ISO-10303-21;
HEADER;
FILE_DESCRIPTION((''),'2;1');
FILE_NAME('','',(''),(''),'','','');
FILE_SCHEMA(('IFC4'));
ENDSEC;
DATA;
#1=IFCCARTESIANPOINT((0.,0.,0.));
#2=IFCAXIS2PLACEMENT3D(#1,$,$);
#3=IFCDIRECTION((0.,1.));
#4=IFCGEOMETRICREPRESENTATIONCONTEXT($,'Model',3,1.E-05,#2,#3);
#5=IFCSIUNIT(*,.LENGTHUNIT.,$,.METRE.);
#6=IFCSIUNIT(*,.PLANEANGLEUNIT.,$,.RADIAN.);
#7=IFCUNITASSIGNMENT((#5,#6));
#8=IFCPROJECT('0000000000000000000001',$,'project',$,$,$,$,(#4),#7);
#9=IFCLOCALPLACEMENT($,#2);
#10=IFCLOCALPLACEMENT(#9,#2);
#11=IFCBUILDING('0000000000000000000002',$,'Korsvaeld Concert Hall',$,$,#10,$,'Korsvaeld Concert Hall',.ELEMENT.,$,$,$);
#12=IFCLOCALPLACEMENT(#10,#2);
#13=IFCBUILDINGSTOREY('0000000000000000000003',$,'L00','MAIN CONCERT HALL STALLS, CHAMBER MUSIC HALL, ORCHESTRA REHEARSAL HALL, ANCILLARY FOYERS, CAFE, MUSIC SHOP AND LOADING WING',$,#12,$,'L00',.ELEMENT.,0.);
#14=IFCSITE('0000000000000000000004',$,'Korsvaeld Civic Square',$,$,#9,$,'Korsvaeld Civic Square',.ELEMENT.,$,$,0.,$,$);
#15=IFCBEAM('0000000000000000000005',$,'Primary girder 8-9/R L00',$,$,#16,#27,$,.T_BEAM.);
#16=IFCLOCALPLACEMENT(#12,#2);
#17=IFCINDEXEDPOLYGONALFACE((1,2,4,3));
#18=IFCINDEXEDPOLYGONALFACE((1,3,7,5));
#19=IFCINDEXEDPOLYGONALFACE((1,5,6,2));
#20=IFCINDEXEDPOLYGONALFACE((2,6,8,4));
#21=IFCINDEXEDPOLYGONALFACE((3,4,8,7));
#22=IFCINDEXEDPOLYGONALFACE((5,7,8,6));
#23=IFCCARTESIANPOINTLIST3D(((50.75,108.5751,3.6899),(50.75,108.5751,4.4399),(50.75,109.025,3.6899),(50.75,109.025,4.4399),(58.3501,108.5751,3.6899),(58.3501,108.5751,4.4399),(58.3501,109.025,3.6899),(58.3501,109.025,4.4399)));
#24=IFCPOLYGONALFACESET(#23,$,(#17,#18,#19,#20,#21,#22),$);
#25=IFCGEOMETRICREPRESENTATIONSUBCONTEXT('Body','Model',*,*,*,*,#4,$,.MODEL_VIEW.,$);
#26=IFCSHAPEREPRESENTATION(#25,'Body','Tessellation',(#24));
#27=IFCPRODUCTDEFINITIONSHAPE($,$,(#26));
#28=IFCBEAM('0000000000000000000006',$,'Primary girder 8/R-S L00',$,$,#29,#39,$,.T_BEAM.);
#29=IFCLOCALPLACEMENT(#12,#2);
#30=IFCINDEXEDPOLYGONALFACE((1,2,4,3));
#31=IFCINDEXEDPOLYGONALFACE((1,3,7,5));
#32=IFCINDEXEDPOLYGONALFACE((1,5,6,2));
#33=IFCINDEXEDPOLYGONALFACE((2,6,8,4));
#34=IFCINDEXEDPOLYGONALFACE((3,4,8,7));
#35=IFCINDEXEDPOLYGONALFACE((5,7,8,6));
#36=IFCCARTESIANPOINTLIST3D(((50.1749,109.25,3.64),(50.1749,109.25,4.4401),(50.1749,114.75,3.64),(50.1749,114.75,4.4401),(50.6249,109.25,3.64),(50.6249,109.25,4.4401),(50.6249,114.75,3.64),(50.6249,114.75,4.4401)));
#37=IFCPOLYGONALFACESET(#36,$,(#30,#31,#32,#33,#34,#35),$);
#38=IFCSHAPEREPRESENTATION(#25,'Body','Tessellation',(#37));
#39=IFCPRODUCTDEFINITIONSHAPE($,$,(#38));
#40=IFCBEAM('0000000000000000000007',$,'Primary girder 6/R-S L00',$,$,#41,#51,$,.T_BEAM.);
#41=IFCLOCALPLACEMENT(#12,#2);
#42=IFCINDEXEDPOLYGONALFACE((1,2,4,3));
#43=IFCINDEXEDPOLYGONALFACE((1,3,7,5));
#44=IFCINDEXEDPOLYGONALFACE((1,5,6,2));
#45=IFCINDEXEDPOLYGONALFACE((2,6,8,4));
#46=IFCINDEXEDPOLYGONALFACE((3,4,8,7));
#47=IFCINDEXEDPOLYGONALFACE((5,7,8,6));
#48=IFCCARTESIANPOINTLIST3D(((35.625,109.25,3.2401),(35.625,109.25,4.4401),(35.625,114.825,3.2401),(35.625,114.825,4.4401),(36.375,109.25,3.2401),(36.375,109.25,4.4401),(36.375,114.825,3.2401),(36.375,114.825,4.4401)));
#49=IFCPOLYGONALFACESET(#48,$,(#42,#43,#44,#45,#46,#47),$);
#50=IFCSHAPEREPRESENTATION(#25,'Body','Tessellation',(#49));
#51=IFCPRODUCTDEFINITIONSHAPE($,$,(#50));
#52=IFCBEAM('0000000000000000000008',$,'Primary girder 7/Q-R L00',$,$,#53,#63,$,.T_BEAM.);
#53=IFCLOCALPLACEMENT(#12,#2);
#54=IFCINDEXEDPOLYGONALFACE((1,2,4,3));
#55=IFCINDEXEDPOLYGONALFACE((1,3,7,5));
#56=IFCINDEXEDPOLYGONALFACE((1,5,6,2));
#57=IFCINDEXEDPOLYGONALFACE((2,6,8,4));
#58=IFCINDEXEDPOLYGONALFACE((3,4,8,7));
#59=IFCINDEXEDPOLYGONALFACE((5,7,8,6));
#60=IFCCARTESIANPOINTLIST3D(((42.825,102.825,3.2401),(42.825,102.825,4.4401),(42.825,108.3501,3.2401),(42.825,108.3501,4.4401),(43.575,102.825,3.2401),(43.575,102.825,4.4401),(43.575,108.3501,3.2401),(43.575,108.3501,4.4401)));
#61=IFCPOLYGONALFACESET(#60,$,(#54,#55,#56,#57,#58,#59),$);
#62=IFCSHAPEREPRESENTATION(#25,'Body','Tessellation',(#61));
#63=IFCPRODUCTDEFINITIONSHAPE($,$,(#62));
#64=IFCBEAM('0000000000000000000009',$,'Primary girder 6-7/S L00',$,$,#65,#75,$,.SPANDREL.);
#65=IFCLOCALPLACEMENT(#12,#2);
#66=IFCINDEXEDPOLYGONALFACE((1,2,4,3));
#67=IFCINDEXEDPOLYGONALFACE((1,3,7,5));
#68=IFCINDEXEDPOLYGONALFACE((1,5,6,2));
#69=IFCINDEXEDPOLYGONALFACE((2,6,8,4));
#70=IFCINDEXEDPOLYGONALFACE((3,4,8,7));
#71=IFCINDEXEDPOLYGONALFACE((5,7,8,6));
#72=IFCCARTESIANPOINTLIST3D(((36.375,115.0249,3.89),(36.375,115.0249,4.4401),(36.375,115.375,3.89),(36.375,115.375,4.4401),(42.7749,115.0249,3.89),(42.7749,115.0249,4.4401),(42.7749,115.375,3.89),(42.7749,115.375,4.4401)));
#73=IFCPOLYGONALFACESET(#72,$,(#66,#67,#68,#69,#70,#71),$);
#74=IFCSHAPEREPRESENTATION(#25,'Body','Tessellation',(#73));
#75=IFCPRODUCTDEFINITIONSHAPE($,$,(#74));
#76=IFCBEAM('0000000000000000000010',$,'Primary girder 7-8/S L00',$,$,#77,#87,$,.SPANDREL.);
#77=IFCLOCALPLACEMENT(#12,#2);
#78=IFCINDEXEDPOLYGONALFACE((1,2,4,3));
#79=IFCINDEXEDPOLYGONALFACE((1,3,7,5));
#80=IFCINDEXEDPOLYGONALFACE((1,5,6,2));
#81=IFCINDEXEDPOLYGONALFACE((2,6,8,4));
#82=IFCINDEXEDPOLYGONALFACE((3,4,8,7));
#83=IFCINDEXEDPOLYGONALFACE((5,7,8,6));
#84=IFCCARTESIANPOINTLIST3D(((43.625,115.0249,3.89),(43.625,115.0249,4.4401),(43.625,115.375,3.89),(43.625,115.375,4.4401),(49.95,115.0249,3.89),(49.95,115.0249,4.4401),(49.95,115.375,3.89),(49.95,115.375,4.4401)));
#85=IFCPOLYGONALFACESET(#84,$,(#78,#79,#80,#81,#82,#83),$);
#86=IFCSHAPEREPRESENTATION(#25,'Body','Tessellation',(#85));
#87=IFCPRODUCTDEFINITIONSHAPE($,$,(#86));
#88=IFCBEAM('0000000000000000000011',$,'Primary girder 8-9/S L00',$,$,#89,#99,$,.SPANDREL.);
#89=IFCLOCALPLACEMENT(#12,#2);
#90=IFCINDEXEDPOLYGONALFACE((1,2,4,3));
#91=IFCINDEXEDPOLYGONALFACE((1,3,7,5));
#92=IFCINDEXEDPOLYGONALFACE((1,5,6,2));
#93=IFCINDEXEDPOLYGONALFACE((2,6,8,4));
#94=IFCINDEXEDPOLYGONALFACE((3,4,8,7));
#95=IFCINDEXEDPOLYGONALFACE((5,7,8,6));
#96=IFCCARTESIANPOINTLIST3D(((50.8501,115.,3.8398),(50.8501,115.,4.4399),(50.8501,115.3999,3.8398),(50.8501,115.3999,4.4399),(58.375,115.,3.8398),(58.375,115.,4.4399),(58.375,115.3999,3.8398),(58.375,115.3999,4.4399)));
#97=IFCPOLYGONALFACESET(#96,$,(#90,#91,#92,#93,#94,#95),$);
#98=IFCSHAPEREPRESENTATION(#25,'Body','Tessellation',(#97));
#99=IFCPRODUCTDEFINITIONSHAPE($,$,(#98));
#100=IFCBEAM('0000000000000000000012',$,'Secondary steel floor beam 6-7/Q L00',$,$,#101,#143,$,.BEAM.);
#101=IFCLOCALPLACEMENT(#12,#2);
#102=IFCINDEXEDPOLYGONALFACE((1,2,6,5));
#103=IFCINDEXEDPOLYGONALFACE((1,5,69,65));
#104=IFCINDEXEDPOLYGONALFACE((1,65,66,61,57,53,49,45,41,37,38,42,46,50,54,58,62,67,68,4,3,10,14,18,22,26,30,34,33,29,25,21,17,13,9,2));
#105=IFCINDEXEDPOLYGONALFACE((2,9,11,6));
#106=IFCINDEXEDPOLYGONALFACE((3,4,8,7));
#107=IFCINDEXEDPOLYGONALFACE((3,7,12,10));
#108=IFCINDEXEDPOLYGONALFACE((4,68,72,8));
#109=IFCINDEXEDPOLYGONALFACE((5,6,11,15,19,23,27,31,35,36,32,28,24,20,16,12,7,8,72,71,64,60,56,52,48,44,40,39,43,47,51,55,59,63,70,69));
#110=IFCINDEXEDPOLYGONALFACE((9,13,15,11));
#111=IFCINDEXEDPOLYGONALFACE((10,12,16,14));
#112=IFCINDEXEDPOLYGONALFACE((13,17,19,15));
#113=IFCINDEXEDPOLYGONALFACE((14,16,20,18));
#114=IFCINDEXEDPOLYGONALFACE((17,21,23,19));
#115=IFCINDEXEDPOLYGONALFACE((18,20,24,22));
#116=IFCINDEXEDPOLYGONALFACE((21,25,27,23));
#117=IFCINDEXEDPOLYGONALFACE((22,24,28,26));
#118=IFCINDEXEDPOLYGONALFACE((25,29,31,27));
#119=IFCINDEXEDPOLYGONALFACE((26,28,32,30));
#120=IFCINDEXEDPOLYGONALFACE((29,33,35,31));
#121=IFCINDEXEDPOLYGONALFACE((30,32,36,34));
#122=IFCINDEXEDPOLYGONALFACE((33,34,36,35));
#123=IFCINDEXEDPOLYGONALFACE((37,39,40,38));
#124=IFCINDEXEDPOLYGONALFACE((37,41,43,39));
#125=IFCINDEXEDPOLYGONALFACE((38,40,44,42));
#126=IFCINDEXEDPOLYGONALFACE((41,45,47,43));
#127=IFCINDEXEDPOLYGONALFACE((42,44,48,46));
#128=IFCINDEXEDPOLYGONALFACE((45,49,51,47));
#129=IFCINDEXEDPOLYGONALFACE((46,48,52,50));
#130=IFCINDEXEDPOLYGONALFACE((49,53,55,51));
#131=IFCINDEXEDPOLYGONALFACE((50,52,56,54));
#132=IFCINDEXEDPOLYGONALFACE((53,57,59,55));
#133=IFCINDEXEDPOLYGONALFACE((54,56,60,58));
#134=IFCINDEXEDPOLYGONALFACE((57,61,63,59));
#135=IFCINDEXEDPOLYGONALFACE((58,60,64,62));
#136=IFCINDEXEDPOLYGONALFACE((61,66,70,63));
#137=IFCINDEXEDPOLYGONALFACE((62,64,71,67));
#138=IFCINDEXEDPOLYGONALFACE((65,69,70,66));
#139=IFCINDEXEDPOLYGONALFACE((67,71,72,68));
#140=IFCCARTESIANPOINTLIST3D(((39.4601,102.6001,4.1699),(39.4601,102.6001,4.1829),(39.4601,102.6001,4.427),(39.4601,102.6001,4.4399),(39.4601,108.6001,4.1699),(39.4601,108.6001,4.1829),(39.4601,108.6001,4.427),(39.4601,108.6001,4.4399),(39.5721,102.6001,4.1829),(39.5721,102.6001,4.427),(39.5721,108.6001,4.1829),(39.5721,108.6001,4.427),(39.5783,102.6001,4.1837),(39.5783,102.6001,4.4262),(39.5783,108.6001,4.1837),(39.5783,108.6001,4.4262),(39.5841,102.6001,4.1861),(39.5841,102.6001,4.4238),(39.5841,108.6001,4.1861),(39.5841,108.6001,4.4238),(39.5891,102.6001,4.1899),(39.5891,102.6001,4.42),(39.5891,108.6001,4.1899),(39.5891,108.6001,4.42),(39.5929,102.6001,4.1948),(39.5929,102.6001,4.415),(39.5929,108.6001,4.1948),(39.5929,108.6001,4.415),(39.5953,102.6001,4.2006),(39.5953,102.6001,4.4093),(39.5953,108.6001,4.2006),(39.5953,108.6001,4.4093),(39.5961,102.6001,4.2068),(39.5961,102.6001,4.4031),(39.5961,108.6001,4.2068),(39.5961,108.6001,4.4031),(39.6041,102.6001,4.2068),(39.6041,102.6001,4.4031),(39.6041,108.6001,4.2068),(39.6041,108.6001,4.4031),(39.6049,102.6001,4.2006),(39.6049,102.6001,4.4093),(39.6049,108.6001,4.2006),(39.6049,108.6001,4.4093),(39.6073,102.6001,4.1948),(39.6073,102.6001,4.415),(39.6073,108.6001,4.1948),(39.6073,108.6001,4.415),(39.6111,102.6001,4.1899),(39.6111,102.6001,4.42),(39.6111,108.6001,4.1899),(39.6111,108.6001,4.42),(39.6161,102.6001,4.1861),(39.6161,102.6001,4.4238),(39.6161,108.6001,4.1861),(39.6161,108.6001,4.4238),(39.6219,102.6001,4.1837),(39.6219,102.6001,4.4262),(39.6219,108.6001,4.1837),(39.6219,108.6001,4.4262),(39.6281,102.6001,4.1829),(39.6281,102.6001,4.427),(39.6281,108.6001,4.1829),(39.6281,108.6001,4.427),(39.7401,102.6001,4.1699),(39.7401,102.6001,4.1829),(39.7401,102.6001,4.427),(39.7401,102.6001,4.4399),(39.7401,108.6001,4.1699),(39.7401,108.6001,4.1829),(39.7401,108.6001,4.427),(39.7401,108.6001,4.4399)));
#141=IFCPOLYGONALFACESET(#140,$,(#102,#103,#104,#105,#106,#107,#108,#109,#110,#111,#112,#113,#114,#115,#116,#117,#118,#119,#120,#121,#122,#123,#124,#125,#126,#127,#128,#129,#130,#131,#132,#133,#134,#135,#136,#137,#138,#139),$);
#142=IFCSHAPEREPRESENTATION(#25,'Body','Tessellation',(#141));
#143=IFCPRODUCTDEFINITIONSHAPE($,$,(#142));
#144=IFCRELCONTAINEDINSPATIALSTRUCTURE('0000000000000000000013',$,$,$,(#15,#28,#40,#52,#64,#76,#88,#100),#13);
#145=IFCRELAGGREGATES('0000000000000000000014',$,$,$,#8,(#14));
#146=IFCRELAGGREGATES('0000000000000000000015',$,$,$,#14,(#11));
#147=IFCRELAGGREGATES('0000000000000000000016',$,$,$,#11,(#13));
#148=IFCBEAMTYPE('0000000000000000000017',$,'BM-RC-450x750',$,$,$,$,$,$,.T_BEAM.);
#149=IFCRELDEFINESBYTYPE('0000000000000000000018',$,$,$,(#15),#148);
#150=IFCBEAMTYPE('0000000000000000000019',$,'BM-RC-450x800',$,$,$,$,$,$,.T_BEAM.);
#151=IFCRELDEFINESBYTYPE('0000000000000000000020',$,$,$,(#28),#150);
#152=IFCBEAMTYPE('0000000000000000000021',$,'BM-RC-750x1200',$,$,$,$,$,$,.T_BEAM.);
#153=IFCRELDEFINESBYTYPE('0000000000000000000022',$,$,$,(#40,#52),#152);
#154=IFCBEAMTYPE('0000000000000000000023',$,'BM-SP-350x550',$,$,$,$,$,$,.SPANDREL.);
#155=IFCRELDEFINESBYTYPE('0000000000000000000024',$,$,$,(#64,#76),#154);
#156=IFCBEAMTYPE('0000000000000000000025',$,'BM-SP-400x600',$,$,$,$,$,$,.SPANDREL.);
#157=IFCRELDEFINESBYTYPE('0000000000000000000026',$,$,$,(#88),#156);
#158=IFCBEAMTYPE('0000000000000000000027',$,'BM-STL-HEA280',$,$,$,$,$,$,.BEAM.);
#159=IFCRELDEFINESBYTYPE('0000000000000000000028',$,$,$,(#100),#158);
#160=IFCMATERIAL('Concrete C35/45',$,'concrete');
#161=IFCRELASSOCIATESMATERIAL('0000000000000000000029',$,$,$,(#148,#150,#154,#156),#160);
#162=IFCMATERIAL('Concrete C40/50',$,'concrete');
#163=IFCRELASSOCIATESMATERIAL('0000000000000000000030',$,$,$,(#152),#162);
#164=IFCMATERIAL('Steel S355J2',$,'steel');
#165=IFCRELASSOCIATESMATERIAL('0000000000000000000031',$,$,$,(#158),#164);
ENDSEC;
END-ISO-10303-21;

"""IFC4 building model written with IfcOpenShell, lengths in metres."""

from ifc_helpers import new_model, si_unit, direction, frame, origin, origin_2d, place, context, subcontext, project, spatial, rectangle, i_section, extrude, material, material_profile, profile_set, type_object, element, save


model = new_model("IFC4")

# Units and contexts
model_context = context("Model", 3, precision=1e-05, world=origin(), true_north=direction((0.0, 1.0)))
body_context = subcontext(model_context, "Body", "Model", "MODEL_VIEW")
ifc_project = project(units=[si_unit("LENGTHUNIT", "METRE"), si_unit("PLANEANGLEUNIT", "RADIAN")], contexts=[model_context])

# Site, building, storey
site_placement = place(None, origin())
site = spatial("IfcSite", under=ifc_project, at=site_placement, Name="Korsvaeld Civic Square", LongName="Korsvaeld Civic Square", CompositionType="ELEMENT", RefElevation=0.0)
building_placement = place(site_placement, origin())
building = spatial("IfcBuilding", under=site, at=building_placement, Name="Korsvaeld Concert Hall", LongName="Korsvaeld Concert Hall", CompositionType="ELEMENT")
storey_placement = place(building_placement, origin())
storey = spatial("IfcBuildingStorey", under=building, at=storey_placement, Name="L00", Description="MAIN CONCERT HALL STALLS, CHAMBER MUSIC HALL, ORCHESTRA REHEARSAL HALL, ANCILLARY FOYERS, CAFE, MUSIC SHOP AND LOADING WING", LongName="L00", CompositionType="ELEMENT", Elevation=0.0)

# Shared definitions
ifc_material_1 = material(Name="Concrete C40/50", Category="concrete")

# Beams
ifc_material_2 = material(Name="Concrete C35/45", Category="concrete")
ifc_material_profile_1 = material_profile(ifc_material_2, rectangle(XDim=0.45, YDim=0.75, at=origin_2d()), Name="RC 450x750")
ifc_profile_set_1 = profile_set([ifc_material_profile_1], Name="Concrete C35/45")
beam_type_1 = type_object("IfcBeamType", Name="BM-RC-450x750", PredefinedType="T_BEAM", material=ifc_profile_set_1)
beam_1_placement = place(storey_placement, frame((50.75, 108.8, 4.0649), z_axis=(1.0, 0.0, 0.0), x_axis=(0.0, 1.0, 0.0)))
element("IfcBeam", 1, at=beam_1_placement, inside=storey, type_object=beam_type_1, Name="Primary girder 8-9/R L00", PredefinedType="T_BEAM", context=body_context, shape_type="SweptSolid", body=[
    extrude(rectangle(XDim=0.45, YDim=0.75, at=origin_2d()), origin(), (0.0, 0.0, 1.0), 7.6001),
])
ifc_material_profile_2 = material_profile(ifc_material_2, rectangle(XDim=0.45, YDim=0.8, at=origin_2d()), Name="RC 450x800")
ifc_profile_set_2 = profile_set([ifc_material_profile_2], Name="Concrete C35/45")
beam_type_2 = type_object("IfcBeamType", Name="BM-RC-450x800", PredefinedType="T_BEAM", material=ifc_profile_set_2)
beam_2_placement = place(storey_placement, frame((50.3999, 109.25, 4.04), z_axis=(0.0, 1.0, 0.0), x_axis=(-1.0, 0.0, 0.0)))
element("IfcBeam", 2, at=beam_2_placement, inside=storey, type_object=beam_type_2, Name="Primary girder 8/R-S L00", PredefinedType="T_BEAM", context=body_context, shape_type="SweptSolid", body=[
    extrude(rectangle(XDim=0.45, YDim=0.8, at=origin_2d()), origin(), (0.0, 0.0, 1.0), 5.5),
])
ifc_material_profile_3 = material_profile(ifc_material_1, rectangle(XDim=0.75, YDim=1.2, at=origin_2d()), Name="RC 750x1200")
ifc_profile_set_3 = profile_set([ifc_material_profile_3], Name="Concrete C40/50")
beam_type_3 = type_object("IfcBeamType", Name="BM-RC-750x1200", PredefinedType="T_BEAM", material=ifc_profile_set_3)
beam_3_placement = place(storey_placement, frame((36.0, 109.25, 3.8401), z_axis=(0.0, 1.0, 0.0), x_axis=(-1.0, 0.0, 0.0)))
element("IfcBeam", 3, at=beam_3_placement, inside=storey, type_object=beam_type_3, Name="Primary girder 6/R-S L00", PredefinedType="T_BEAM", context=body_context, shape_type="SweptSolid", body=[
    extrude(rectangle(XDim=0.75, YDim=1.2, at=origin_2d()), origin(), (0.0, 0.0, 1.0), 5.575),
])
beam_4_placement = place(storey_placement, frame((43.2, 102.825, 3.8401), z_axis=(0.0, 1.0, 0.0), x_axis=(-1.0, 0.0, 0.0)))
element("IfcBeam", 4, at=beam_4_placement, inside=storey, type_object=beam_type_3, Name="Primary girder 7/Q-R L00", PredefinedType="T_BEAM", context=body_context, shape_type="SweptSolid", body=[
    extrude(rectangle(XDim=0.75, YDim=1.2, at=origin_2d()), origin(), (0.0, 0.0, 1.0), 5.5251),
])
ifc_material_profile_4 = material_profile(ifc_material_2, rectangle(XDim=0.3501, YDim=0.55, at=origin_2d()), Name="RC 350x550")
ifc_profile_set_4 = profile_set([ifc_material_profile_4], Name="Concrete C35/45")
beam_type_4 = type_object("IfcBeamType", Name="BM-SP-350x550", PredefinedType="SPANDREL", material=ifc_profile_set_4)
beam_5_placement = place(storey_placement, frame((36.375, 115.2, 4.165), z_axis=(1.0, 0.0, 0.0), x_axis=(0.0, 1.0, 0.0)))
element("IfcBeam", 5, at=beam_5_placement, inside=storey, type_object=beam_type_4, Name="Primary girder 6-7/S L00", PredefinedType="SPANDREL", context=body_context, shape_type="SweptSolid", body=[
    extrude(rectangle(XDim=0.3501, YDim=0.55, at=origin_2d()), origin(), (0.0, 0.0, 1.0), 6.3999),
])
beam_6_placement = place(storey_placement, frame((43.625, 115.2, 4.165), z_axis=(1.0, 0.0, 0.0), x_axis=(0.0, 1.0, 0.0)))
element("IfcBeam", 6, at=beam_6_placement, inside=storey, type_object=beam_type_4, Name="Primary girder 7-8/S L00", PredefinedType="SPANDREL", context=body_context, shape_type="SweptSolid", body=[
    extrude(rectangle(XDim=0.3501, YDim=0.55, at=origin_2d()), origin(), (0.0, 0.0, 1.0), 6.325),
])
ifc_material_profile_5 = material_profile(ifc_material_2, rectangle(XDim=0.3999, YDim=0.6001, at=origin_2d()), Name="RC 400x600")
ifc_profile_set_5 = profile_set([ifc_material_profile_5], Name="Concrete C35/45")
beam_type_5 = type_object("IfcBeamType", Name="BM-SP-400x600", PredefinedType="SPANDREL", material=ifc_profile_set_5)
beam_7_placement = place(storey_placement, frame((50.8501, 115.2, 4.1399), z_axis=(1.0, 0.0, 0.0), x_axis=(0.0, 1.0, 0.0)))
element("IfcBeam", 7, at=beam_7_placement, inside=storey, type_object=beam_type_5, Name="Primary girder 8-9/S L00", PredefinedType="SPANDREL", context=body_context, shape_type="SweptSolid", body=[
    extrude(rectangle(XDim=0.3999, YDim=0.6001, at=origin_2d()), origin(), (0.0, 0.0, 1.0), 7.5249),
])
ifc_material_3 = material(Name="Steel S355J2", Category="steel")
ifc_material_profile_6 = material_profile(ifc_material_3, i_section(OverallWidth=0.28, OverallDepth=0.27, WebThickness=0.0081, FlangeThickness=0.0129, FilletRadius=0.0239, at=origin_2d()), Name="HEA 280")
ifc_profile_set_6 = profile_set([ifc_material_profile_6], Name="Steel S355J2")
beam_type_6 = type_object("IfcBeamType", Name="BM-STL-HEA280", PredefinedType="BEAM", material=ifc_profile_set_6)
beam_8_placement = place(storey_placement, frame((39.6001, 102.6001, 4.3049), z_axis=(0.0, 1.0, 0.0), x_axis=(-1.0, 0.0, 0.0)))
element("IfcBeam", 8, at=beam_8_placement, inside=storey, type_object=beam_type_6, Name="Secondary steel floor beam 6-7/Q L00", PredefinedType="BEAM", context=body_context, shape_type="SweptSolid", body=[
    extrude(i_section(OverallWidth=0.28, OverallDepth=0.27, WebThickness=0.0081, FlangeThickness=0.0129, FilletRadius=0.0239, at=origin_2d()), origin(), (0.0, 0.0, 1.0), 6.0),
])

save(model, "model.ifc")
